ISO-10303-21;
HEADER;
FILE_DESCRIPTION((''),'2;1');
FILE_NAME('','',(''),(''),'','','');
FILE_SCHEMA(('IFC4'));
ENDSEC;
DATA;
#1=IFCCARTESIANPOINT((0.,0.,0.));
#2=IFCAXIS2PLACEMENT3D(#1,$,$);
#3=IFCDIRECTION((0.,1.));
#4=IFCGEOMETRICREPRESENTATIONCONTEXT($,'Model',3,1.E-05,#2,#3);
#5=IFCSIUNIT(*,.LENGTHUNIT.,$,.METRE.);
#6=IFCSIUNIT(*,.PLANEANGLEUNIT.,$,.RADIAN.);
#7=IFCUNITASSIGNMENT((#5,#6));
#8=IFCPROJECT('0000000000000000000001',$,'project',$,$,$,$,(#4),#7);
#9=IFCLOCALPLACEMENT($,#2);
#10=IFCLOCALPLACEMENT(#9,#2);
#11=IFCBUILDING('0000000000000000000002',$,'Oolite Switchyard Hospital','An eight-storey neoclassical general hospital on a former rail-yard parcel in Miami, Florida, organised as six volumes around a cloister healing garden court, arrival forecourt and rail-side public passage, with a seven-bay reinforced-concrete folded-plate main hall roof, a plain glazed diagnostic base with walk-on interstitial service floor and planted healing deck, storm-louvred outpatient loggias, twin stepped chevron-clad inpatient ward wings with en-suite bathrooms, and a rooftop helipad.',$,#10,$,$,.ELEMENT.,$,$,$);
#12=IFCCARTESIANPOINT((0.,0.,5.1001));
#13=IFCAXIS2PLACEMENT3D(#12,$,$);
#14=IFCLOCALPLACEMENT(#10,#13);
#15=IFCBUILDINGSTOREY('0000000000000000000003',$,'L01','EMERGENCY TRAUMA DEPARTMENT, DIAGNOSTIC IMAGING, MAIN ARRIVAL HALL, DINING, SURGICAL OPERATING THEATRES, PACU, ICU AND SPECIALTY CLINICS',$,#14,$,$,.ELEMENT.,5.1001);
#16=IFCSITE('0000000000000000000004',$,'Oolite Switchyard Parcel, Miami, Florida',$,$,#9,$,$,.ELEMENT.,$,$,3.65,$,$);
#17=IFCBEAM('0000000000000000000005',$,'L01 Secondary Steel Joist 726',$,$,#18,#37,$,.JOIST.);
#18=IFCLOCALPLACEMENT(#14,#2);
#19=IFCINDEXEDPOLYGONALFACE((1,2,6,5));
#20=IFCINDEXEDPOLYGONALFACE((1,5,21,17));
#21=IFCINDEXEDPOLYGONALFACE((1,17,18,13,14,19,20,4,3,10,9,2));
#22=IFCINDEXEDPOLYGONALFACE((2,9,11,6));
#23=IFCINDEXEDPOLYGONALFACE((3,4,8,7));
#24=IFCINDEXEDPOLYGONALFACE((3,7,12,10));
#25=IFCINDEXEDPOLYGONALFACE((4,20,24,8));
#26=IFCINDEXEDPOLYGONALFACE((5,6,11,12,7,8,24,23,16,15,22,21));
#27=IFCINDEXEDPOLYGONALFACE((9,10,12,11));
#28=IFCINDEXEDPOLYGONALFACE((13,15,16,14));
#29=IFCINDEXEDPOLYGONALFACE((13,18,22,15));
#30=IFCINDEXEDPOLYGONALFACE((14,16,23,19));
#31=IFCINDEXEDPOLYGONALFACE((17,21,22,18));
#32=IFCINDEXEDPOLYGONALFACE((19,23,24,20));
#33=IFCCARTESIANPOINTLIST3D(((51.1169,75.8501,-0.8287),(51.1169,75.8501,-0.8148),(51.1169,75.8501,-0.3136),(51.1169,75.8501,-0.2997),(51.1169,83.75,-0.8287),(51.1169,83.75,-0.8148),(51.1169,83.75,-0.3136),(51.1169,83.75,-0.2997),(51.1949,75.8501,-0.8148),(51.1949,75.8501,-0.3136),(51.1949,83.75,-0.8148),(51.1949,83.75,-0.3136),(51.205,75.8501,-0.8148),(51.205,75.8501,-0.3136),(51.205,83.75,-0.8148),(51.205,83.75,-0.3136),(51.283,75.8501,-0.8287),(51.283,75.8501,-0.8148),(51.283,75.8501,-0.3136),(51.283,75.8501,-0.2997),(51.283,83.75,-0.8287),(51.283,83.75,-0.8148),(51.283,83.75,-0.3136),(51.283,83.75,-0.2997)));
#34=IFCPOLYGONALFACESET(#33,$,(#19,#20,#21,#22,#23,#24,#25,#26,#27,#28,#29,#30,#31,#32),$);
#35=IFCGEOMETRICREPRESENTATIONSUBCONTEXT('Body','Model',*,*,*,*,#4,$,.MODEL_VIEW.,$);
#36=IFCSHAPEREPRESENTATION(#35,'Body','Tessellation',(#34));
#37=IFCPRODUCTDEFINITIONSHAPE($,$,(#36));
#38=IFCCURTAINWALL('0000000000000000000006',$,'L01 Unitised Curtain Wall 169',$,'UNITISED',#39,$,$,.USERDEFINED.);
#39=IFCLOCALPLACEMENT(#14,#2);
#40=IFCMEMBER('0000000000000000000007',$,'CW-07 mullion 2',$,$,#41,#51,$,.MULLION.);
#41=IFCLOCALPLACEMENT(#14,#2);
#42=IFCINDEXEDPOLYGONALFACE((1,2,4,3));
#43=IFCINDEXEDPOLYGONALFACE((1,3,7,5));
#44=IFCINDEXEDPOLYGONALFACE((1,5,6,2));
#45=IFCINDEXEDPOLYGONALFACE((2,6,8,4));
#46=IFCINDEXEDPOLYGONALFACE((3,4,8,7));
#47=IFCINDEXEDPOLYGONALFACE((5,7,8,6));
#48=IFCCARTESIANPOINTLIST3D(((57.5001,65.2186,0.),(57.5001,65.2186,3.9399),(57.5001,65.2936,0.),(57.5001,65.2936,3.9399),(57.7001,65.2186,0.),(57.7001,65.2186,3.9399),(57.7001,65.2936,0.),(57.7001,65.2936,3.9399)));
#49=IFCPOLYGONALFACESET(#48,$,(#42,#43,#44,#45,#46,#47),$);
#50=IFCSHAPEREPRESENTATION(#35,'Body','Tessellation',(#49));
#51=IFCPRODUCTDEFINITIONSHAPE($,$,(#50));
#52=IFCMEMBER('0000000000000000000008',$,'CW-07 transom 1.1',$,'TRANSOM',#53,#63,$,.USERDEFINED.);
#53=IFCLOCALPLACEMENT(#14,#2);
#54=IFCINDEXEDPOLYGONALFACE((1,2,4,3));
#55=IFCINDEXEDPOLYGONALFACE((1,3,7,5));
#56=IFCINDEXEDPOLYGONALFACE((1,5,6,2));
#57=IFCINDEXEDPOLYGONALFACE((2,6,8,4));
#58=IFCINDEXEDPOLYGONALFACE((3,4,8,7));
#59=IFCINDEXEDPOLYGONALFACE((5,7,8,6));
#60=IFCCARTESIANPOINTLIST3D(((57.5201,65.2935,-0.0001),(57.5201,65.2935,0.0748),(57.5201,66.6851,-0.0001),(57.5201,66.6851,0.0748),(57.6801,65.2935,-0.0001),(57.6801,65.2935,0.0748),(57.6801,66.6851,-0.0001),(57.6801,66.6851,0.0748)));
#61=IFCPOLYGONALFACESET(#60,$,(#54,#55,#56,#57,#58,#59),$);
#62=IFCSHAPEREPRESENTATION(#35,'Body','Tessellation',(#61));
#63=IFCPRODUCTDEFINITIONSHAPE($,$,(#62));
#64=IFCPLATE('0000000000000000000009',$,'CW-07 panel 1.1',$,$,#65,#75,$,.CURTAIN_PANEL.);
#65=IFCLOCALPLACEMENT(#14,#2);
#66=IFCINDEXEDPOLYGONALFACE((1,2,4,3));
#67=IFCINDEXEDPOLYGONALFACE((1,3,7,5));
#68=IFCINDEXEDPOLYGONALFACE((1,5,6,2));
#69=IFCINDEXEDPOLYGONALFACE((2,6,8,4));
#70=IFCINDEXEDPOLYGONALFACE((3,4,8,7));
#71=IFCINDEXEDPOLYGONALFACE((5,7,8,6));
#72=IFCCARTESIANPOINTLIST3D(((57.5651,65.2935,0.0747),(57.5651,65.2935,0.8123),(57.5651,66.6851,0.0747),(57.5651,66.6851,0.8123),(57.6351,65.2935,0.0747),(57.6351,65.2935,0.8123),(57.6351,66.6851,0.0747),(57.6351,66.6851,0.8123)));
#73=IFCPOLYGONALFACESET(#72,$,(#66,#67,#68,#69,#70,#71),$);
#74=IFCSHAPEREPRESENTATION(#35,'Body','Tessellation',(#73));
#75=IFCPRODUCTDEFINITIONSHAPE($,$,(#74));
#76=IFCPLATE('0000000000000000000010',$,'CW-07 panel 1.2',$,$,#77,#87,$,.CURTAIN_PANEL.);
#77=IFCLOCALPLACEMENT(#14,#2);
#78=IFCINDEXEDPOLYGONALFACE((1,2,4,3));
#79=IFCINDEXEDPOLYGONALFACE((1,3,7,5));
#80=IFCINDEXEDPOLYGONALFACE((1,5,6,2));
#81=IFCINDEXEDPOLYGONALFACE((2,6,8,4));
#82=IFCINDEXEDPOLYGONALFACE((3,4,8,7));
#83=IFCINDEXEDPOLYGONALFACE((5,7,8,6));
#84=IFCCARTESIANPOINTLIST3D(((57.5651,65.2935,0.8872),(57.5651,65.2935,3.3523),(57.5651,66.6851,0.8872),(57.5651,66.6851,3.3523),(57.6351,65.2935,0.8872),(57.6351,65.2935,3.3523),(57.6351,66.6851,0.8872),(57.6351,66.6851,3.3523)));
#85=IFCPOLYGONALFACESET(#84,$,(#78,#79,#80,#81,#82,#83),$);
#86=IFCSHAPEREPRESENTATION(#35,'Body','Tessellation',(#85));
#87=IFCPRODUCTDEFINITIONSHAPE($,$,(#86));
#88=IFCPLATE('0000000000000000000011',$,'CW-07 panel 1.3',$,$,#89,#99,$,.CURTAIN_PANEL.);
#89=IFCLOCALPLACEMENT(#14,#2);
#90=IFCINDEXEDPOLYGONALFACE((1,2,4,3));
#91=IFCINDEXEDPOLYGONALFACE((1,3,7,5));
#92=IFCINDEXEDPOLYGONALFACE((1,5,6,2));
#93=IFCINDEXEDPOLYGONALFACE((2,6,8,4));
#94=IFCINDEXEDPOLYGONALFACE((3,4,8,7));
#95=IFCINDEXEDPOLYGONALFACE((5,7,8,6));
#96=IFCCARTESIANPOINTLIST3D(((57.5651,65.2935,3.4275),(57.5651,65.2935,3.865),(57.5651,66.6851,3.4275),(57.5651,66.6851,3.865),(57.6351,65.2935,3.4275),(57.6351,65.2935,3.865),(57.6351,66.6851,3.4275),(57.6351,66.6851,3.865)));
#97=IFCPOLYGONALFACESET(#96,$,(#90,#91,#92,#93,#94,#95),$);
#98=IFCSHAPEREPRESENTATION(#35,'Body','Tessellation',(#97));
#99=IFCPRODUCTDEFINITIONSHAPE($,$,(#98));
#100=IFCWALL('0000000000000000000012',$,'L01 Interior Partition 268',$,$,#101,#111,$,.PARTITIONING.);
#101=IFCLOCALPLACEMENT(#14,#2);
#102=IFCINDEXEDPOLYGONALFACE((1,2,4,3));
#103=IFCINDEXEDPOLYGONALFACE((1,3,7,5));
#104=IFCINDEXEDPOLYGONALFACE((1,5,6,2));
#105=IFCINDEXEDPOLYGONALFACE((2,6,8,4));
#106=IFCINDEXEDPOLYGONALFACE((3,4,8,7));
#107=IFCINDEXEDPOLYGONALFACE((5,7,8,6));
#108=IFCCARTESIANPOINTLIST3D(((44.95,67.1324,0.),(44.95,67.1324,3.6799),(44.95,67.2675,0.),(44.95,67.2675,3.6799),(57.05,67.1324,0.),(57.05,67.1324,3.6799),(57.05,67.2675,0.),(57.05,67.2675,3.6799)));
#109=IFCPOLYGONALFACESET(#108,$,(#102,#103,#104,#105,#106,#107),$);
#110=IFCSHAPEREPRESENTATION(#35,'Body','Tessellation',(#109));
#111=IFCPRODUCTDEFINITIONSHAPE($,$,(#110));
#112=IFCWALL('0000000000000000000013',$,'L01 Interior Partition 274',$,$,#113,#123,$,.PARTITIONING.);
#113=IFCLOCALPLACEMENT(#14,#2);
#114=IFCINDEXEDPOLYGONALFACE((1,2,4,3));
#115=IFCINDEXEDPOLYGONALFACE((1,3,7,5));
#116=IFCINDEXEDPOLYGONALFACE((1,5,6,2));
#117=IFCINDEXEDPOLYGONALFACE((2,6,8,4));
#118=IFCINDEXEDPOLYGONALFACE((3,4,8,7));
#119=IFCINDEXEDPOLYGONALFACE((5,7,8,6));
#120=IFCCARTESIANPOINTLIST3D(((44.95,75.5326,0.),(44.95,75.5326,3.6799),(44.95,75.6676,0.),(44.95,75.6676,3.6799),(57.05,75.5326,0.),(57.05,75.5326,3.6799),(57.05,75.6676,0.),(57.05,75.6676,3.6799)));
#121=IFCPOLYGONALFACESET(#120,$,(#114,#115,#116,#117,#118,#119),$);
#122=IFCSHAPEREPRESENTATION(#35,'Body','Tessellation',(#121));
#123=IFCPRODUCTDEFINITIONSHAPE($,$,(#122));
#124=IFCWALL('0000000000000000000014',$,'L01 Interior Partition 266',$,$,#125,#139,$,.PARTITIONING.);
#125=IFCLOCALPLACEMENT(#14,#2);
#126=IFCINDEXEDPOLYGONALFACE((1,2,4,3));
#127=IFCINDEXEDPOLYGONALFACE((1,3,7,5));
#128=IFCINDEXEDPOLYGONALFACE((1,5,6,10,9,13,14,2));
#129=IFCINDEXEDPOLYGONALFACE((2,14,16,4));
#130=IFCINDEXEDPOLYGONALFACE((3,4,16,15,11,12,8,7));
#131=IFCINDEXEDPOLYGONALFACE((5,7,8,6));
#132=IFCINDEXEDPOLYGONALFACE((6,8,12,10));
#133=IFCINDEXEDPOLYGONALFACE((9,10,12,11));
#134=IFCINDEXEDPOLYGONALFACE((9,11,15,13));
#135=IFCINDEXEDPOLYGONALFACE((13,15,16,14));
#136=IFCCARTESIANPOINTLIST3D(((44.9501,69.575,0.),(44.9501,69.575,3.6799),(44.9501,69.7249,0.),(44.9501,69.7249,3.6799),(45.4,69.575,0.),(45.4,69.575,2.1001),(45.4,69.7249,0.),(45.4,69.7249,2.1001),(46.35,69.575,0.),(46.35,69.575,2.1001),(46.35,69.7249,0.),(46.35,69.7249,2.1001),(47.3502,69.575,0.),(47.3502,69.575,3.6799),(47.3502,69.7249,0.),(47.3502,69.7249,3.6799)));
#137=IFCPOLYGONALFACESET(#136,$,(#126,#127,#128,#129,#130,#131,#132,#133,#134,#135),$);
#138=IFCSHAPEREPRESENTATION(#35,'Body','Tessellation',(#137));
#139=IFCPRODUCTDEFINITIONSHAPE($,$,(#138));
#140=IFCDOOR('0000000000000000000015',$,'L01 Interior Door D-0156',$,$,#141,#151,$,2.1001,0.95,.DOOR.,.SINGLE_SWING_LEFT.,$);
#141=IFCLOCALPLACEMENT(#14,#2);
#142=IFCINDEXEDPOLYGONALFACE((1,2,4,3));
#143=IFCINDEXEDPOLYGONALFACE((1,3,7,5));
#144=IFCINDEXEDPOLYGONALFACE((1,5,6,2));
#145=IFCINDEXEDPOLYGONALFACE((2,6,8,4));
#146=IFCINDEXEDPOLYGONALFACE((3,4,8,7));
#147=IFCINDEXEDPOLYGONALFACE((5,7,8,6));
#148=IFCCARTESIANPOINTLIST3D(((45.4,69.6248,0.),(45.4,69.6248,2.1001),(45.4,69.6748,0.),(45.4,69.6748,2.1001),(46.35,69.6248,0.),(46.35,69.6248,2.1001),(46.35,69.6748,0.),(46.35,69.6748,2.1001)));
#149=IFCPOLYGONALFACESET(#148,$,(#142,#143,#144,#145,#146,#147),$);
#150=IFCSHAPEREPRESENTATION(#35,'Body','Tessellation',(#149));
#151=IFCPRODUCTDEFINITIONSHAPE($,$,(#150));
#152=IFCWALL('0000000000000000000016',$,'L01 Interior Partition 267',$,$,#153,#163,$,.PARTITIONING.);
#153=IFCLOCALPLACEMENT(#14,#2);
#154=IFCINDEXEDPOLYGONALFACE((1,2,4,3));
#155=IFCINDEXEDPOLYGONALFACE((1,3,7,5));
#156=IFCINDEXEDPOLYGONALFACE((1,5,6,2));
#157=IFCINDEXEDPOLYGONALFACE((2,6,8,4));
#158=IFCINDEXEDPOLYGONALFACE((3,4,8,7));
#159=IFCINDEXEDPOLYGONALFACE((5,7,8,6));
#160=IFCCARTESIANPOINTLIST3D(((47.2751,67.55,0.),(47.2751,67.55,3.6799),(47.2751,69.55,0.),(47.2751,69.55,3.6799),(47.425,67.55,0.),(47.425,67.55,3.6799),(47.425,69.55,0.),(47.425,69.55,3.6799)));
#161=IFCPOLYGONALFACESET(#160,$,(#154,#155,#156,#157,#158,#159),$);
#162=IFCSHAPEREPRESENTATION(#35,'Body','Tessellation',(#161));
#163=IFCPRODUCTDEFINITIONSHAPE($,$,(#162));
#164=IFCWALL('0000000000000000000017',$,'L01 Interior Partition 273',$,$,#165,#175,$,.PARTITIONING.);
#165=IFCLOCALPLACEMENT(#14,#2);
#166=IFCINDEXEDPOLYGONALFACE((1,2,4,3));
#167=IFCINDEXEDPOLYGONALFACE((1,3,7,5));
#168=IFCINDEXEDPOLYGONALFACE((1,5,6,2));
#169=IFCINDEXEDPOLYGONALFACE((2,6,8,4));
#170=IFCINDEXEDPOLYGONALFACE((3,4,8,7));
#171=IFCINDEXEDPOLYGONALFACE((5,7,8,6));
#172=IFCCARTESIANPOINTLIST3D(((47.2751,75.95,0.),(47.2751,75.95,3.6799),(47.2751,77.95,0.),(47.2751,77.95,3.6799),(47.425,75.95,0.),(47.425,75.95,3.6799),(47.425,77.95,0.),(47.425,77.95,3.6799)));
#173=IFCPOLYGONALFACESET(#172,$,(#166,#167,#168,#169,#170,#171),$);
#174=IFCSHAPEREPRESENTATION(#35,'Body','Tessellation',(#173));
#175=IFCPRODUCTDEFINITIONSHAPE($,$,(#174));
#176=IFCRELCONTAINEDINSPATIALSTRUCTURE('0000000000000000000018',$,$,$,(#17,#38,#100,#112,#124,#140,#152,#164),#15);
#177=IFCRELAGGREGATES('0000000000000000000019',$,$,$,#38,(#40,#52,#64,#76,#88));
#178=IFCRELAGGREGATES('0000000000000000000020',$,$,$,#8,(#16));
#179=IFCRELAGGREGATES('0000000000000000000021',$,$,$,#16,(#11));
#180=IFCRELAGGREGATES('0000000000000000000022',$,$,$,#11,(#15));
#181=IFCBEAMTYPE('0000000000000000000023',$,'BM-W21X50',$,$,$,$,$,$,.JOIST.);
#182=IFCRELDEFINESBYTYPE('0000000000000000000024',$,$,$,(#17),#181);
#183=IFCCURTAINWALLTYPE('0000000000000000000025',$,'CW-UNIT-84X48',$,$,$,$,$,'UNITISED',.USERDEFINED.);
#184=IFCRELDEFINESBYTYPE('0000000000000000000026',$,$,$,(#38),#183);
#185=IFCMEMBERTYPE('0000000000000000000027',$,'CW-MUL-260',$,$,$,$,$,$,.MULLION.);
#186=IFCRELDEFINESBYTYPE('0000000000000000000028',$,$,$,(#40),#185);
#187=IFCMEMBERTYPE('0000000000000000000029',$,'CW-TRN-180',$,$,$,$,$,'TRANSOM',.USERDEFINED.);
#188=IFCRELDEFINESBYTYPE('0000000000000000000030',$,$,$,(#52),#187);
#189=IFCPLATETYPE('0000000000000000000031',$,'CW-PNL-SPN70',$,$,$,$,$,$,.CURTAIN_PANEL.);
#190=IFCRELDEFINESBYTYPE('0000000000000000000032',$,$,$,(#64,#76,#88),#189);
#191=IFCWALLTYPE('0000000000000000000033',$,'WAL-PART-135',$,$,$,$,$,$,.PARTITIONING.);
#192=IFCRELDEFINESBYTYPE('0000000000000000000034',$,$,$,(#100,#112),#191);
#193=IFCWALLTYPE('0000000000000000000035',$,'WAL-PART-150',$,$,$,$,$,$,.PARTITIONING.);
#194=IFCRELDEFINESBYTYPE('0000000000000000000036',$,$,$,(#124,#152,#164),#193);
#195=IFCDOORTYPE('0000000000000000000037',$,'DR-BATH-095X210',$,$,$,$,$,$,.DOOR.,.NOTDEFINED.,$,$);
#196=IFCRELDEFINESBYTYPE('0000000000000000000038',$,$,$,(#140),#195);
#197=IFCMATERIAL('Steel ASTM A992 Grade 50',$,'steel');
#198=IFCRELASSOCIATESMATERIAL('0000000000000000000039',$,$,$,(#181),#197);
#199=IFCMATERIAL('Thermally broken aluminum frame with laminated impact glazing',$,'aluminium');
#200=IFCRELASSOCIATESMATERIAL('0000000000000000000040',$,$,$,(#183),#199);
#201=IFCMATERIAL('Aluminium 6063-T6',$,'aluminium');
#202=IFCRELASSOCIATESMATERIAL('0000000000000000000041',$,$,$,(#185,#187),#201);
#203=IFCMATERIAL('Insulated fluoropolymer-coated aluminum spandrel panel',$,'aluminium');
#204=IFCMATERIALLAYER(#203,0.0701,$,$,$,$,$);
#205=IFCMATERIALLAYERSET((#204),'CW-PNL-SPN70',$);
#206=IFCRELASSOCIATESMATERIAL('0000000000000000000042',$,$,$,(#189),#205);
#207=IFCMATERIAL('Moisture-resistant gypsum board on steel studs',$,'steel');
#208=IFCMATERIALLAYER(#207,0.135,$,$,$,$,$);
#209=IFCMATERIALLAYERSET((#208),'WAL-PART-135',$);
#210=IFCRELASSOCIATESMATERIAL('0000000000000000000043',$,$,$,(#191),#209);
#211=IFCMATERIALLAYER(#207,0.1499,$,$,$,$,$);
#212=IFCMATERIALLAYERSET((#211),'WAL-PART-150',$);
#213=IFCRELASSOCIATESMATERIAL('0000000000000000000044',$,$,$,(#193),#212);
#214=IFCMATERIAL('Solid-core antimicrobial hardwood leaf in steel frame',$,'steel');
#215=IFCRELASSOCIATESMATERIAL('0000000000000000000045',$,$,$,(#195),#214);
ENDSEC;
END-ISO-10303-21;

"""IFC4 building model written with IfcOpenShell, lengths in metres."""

from ifc_helpers import new_model, si_unit, direction, frame, frame_2d, origin, origin_2d, place, context, subcontext, project, spatial, rectangle, i_section, extrude, material, layer, layer_set, material_profile, profile_set, type_object, element, fill, aggregate, save


model = new_model("IFC4")

# Units and contexts
model_context = context("Model", 3, precision=1e-05, world=origin(), true_north=direction((0.0, 1.0)))
body_context = subcontext(model_context, "Body", "Model", "MODEL_VIEW")
ifc_project = project(units=[si_unit("LENGTHUNIT", "METRE"), si_unit("PLANEANGLEUNIT", "RADIAN")], contexts=[model_context])

# Site, building, storey
site_placement = place(None, origin())
site = spatial("IfcSite", under=ifc_project, at=site_placement, Name="Oolite Switchyard Parcel, Miami, Florida", CompositionType="ELEMENT", RefElevation=3.65)
building_placement = place(site_placement, origin())
building = spatial("IfcBuilding", under=site, at=building_placement, Name="Oolite Switchyard Hospital", Description="An eight-storey neoclassical general hospital on a former rail-yard parcel in Miami, Florida, organised as six volumes around a cloister healing garden court, arrival forecourt and rail-side public passage, with a seven-bay reinforced-concrete folded-plate main hall roof, a plain glazed diagnostic base with walk-on interstitial service floor and planted healing deck, storm-louvred outpatient loggias, twin stepped chevron-clad inpatient ward wings with en-suite bathrooms, and a rooftop helipad.", CompositionType="ELEMENT")
storey_placement = place(building_placement, frame((0.0, 0.0, 5.1001)))
storey = spatial("IfcBuildingStorey", under=building, at=storey_placement, Name="L01", Description="EMERGENCY TRAUMA DEPARTMENT, DIAGNOSTIC IMAGING, MAIN ARRIVAL HALL, DINING, SURGICAL OPERATING THEATRES, PACU, ICU AND SPECIALTY CLINICS", CompositionType="ELEMENT", Elevation=5.1001)

# Beam
ifc_material_1 = material(Name="Steel ASTM A992 Grade 50", Category="steel")
ifc_material_profile_1 = material_profile(ifc_material_1, i_section(OverallWidth=0.166, OverallDepth=0.5291, WebThickness=0.01, FlangeThickness=0.0139, at=origin_2d()), Name="W21X50")
ifc_profile_set_1 = profile_set([ifc_material_profile_1], Name="Steel ASTM A992 Grade 50")
beam_type_1 = type_object("IfcBeamType", Name="BM-W21X50", PredefinedType="JOIST", material=ifc_profile_set_1)
beam_1_placement = place(storey_placement, frame((51.2, 75.8501, -0.5642), z_axis=(0.0, 1.0, 0.0), x_axis=(-1.0, 0.0, 0.0)))
element("IfcBeam", 1, at=beam_1_placement, inside=storey, type_object=beam_type_1, Name="L01 Secondary Steel Joist 726", PredefinedType="JOIST", context=body_context, shape_type="SweptSolid", body=[
    extrude(i_section(OverallWidth=0.166, OverallDepth=0.5291, WebThickness=0.01, FlangeThickness=0.0139, at=origin_2d()), origin(), (0.0, 0.0, 1.0), 7.8999),
])

# Curtain wall, members, plates
ifc_material_2 = material(Name="Thermally broken aluminum frame with laminated impact glazing", Category="aluminium")
curtain_wall_type = type_object("IfcCurtainWallType", Name="CW-UNIT-84X48", ElementType="UNITISED", PredefinedType="USERDEFINED", material=ifc_material_2)
curtain_wall_placement = place(storey_placement, origin())
curtain_wall = element("IfcCurtainWall", 2, at=curtain_wall_placement, inside=storey, type_object=curtain_wall_type, Name="L01 Unitised Curtain Wall 169", ObjectType="UNITISED", PredefinedType="USERDEFINED")
ifc_material_3 = material(Name="Aluminium 6063-T6", Category="aluminium")
ifc_material_profile_2 = material_profile(ifc_material_3, rectangle(XDim=0.2, YDim=0.075, at=origin_2d()), Name="CWM75X200")
ifc_profile_set_2 = profile_set([ifc_material_profile_2], Name="Aluminium 6063-T6")
member_type_1 = type_object("IfcMemberType", Name="CW-MUL-260", PredefinedType="MULLION", material=ifc_profile_set_2)
member_1_placement = place(storey_placement, frame((57.6001, 65.2561, 0.0), z_axis=(0.0, 0.0, 1.0), x_axis=(1.0, 0.0, 0.0)))
member_1 = element("IfcMember", 3, at=member_1_placement, type_object=member_type_1, Name="CW-07 mullion 2", PredefinedType="MULLION", context=body_context, shape_type="SweptSolid", body=[
    extrude(rectangle(XDim=0.2, YDim=0.075, at=origin_2d()), origin(), (0.0, 0.0, 1.0), 3.9399),
])
ifc_material_profile_3 = material_profile(ifc_material_3, rectangle(XDim=0.1599, YDim=0.075, at=origin_2d()), Name="CWT75X160")
ifc_profile_set_3 = profile_set([ifc_material_profile_3], Name="Aluminium 6063-T6")
member_type_2 = type_object("IfcMemberType", Name="CW-TRN-180", ElementType="TRANSOM", PredefinedType="USERDEFINED", material=ifc_profile_set_3)
member_2_placement = place(storey_placement, frame((57.6001, 66.6851, 0.0374), z_axis=(0.0, -1.0, 0.0), x_axis=(1.0, 0.0, 0.0)))
member_2 = element("IfcMember", 4, at=member_2_placement, type_object=member_type_2, Name="CW-07 transom 1.1", ObjectType="TRANSOM", PredefinedType="USERDEFINED", context=body_context, shape_type="SweptSolid", body=[
    extrude(rectangle(XDim=0.1599, YDim=0.075, at=origin_2d()), origin(), (0.0, 0.0, 1.0), 1.3916),
])
ifc_material_4 = material(Name="Insulated fluoropolymer-coated aluminum spandrel panel", Category="aluminium")
ifc_layer_1 = layer(ifc_material_4, 0.0701)
ifc_layer_set_1 = layer_set([ifc_layer_1], Name="CW-PNL-SPN70")
plate_type = type_object("IfcPlateType", Name="CW-PNL-SPN70", PredefinedType="CURTAIN_PANEL", material=ifc_layer_set_1)
plate_1_placement = place(storey_placement, frame((57.6001, 65.9893, 0.0747), z_axis=(0.0, 0.0, 1.0), x_axis=(0.0, -1.0, 0.0)))
plate_1 = element("IfcPlate", 5, at=plate_1_placement, type_object=plate_type, Name="CW-07 panel 1.1", PredefinedType="CURTAIN_PANEL", context=body_context, shape_type="SweptSolid", body=[
    extrude(rectangle(XDim=1.3916, YDim=0.0701, at=origin_2d()), origin(), (0.0, 0.0, 1.0), 0.7375),
])
plate_2_placement = place(storey_placement, frame((57.6001, 65.9893, 0.8872), z_axis=(0.0, 0.0, 1.0), x_axis=(0.0, -1.0, 0.0)))
plate_2 = element("IfcPlate", 6, at=plate_2_placement, type_object=plate_type, Name="CW-07 panel 1.2", PredefinedType="CURTAIN_PANEL", context=body_context, shape_type="SweptSolid", body=[
    extrude(rectangle(XDim=1.3916, YDim=0.0701, at=origin_2d()), origin(), (0.0, 0.0, 1.0), 2.4651),
])
plate_3_placement = place(storey_placement, frame((57.6001, 65.9893, 3.4275), z_axis=(0.0, 0.0, 1.0), x_axis=(0.0, -1.0, 0.0)))
plate_3 = element("IfcPlate", 7, at=plate_3_placement, type_object=plate_type, Name="CW-07 panel 1.3", PredefinedType="CURTAIN_PANEL", context=body_context, shape_type="SweptSolid", body=[
    extrude(rectangle(XDim=1.3916, YDim=0.0701, at=origin_2d()), origin(), (0.0, 0.0, 1.0), 0.4375),
])
aggregate(curtain_wall, [member_1, member_2, plate_1, plate_2, plate_3])

# Walls
ifc_material_5 = material(Name="Moisture-resistant gypsum board on steel studs", Category="steel")
ifc_layer_2 = layer(ifc_material_5, 0.135)
ifc_layer_set_2 = layer_set([ifc_layer_2], Name="WAL-PART-135")
wall_type_1 = type_object("IfcWallType", Name="WAL-PART-135", PredefinedType="PARTITIONING", material=ifc_layer_set_2)
for number, where, z_axis, x_axis, name in (
    (8, (44.95, 67.2, 0.0), (0.0, 0.0, 1.0), (1.0, 0.0, 0.0), "L01 Interior Partition 268"),
    (9, (44.95, 75.6001, 0.0), (0.0, 0.0, 1.0), (1.0, 0.0, 0.0), "L01 Interior Partition 274"),
):
    element("IfcWall", number, at=place(storey_placement, frame(where, z_axis=z_axis, x_axis=x_axis)), inside=storey, type_object=wall_type_1, Name=name, PredefinedType="PARTITIONING", context=body_context, shape_type="SweptSolid", body=[
        extrude(rectangle(XDim=12.1001, YDim=0.135, at=frame_2d((6.05, 0.0))), origin(), (0.0, 0.0, 1.0), 3.6799),
    ])

# Wall, opening, door
ifc_layer_3 = layer(ifc_material_5, 0.1499)
ifc_layer_set_3 = layer_set([ifc_layer_3], Name="WAL-PART-150")
wall_type_2 = type_object("IfcWallType", Name="WAL-PART-150", PredefinedType="PARTITIONING", material=ifc_layer_set_3)
wall_1_placement = place(storey_placement, frame((44.95, 69.6499, 0.0), z_axis=(0.0, 0.0, 1.0), x_axis=(1.0, 0.0, 0.0)))
wall_1 = element("IfcWall", 10, at=wall_1_placement, inside=storey, type_object=wall_type_2, Name="L01 Interior Partition 266", PredefinedType="PARTITIONING", context=body_context, shape_type="SweptSolid", body=[
    extrude(rectangle(XDim=2.4001, YDim=0.1499, at=frame_2d((1.2002, 0.0))), origin(), (0.0, 0.0, 1.0), 3.6799),
])
opening_1_placement = place(wall_1_placement, frame((0.45, 0.0, 0.0)))
opening_1 = element("IfcOpeningElement", 11, at=opening_1_placement, cuts=wall_1, PredefinedType="OPENING", context=body_context, shape_type="SweptSolid", body=[
    extrude(rectangle(XDim=0.95, YDim=2.1001, at=frame_2d((0.4751, 1.05))), frame((0.0, 0.085, 0.0), z_axis=(0.0, -1.0, 0.0), x_axis=(1.0, 0.0, 0.0)), (0.0, 0.0, 1.0), 0.1699),
])
ifc_material_6 = material(Name="Solid-core antimicrobial hardwood leaf in steel frame", Category="steel")
door_type_1 = type_object("IfcDoorType", Name="DR-BATH-095X210", OperationType="NOTDEFINED", PredefinedType="DOOR", material=ifc_material_6)
door_1_placement = place(opening_1_placement, origin())
door_1 = element("IfcDoor", 12, at=door_1_placement, inside=storey, type_object=door_type_1, Name="L01 Interior Door D-0156", OperationType="SINGLE_SWING_LEFT", OverallHeight=2.1001, OverallWidth=0.95, PredefinedType="DOOR", context=body_context, shape_type="SweptSolid", body=[
    extrude(rectangle(XDim=0.95, YDim=2.1001, at=frame_2d((0.4751, 1.05))), frame((0.0, 0.0249, 0.0), z_axis=(0.0, -1.0, 0.0), x_axis=(1.0, 0.0, 0.0)), (0.0, 0.0, 1.0), 0.05),
])
fill(opening_1, door_1)

# Walls
for number, where, z_axis, x_axis, name in (
    (13, (47.3501, 67.55, 0.0), (0.0, 0.0, 1.0), (0.0, 1.0, 0.0), "L01 Interior Partition 267"),
    (14, (47.3501, 75.95, 0.0), (0.0, 0.0, 1.0), (0.0, 1.0, 0.0), "L01 Interior Partition 273"),
):
    element("IfcWall", number, at=place(storey_placement, frame(where, z_axis=z_axis, x_axis=x_axis)), inside=storey, type_object=wall_type_2, Name=name, PredefinedType="PARTITIONING", context=body_context, shape_type="SweptSolid", body=[
        extrude(rectangle(XDim=2.0, YDim=0.1499, at=frame_2d((1.0, 0.0))), origin(), (0.0, 0.0, 1.0), 3.6799),
    ])

save(model, "model.ifc")
